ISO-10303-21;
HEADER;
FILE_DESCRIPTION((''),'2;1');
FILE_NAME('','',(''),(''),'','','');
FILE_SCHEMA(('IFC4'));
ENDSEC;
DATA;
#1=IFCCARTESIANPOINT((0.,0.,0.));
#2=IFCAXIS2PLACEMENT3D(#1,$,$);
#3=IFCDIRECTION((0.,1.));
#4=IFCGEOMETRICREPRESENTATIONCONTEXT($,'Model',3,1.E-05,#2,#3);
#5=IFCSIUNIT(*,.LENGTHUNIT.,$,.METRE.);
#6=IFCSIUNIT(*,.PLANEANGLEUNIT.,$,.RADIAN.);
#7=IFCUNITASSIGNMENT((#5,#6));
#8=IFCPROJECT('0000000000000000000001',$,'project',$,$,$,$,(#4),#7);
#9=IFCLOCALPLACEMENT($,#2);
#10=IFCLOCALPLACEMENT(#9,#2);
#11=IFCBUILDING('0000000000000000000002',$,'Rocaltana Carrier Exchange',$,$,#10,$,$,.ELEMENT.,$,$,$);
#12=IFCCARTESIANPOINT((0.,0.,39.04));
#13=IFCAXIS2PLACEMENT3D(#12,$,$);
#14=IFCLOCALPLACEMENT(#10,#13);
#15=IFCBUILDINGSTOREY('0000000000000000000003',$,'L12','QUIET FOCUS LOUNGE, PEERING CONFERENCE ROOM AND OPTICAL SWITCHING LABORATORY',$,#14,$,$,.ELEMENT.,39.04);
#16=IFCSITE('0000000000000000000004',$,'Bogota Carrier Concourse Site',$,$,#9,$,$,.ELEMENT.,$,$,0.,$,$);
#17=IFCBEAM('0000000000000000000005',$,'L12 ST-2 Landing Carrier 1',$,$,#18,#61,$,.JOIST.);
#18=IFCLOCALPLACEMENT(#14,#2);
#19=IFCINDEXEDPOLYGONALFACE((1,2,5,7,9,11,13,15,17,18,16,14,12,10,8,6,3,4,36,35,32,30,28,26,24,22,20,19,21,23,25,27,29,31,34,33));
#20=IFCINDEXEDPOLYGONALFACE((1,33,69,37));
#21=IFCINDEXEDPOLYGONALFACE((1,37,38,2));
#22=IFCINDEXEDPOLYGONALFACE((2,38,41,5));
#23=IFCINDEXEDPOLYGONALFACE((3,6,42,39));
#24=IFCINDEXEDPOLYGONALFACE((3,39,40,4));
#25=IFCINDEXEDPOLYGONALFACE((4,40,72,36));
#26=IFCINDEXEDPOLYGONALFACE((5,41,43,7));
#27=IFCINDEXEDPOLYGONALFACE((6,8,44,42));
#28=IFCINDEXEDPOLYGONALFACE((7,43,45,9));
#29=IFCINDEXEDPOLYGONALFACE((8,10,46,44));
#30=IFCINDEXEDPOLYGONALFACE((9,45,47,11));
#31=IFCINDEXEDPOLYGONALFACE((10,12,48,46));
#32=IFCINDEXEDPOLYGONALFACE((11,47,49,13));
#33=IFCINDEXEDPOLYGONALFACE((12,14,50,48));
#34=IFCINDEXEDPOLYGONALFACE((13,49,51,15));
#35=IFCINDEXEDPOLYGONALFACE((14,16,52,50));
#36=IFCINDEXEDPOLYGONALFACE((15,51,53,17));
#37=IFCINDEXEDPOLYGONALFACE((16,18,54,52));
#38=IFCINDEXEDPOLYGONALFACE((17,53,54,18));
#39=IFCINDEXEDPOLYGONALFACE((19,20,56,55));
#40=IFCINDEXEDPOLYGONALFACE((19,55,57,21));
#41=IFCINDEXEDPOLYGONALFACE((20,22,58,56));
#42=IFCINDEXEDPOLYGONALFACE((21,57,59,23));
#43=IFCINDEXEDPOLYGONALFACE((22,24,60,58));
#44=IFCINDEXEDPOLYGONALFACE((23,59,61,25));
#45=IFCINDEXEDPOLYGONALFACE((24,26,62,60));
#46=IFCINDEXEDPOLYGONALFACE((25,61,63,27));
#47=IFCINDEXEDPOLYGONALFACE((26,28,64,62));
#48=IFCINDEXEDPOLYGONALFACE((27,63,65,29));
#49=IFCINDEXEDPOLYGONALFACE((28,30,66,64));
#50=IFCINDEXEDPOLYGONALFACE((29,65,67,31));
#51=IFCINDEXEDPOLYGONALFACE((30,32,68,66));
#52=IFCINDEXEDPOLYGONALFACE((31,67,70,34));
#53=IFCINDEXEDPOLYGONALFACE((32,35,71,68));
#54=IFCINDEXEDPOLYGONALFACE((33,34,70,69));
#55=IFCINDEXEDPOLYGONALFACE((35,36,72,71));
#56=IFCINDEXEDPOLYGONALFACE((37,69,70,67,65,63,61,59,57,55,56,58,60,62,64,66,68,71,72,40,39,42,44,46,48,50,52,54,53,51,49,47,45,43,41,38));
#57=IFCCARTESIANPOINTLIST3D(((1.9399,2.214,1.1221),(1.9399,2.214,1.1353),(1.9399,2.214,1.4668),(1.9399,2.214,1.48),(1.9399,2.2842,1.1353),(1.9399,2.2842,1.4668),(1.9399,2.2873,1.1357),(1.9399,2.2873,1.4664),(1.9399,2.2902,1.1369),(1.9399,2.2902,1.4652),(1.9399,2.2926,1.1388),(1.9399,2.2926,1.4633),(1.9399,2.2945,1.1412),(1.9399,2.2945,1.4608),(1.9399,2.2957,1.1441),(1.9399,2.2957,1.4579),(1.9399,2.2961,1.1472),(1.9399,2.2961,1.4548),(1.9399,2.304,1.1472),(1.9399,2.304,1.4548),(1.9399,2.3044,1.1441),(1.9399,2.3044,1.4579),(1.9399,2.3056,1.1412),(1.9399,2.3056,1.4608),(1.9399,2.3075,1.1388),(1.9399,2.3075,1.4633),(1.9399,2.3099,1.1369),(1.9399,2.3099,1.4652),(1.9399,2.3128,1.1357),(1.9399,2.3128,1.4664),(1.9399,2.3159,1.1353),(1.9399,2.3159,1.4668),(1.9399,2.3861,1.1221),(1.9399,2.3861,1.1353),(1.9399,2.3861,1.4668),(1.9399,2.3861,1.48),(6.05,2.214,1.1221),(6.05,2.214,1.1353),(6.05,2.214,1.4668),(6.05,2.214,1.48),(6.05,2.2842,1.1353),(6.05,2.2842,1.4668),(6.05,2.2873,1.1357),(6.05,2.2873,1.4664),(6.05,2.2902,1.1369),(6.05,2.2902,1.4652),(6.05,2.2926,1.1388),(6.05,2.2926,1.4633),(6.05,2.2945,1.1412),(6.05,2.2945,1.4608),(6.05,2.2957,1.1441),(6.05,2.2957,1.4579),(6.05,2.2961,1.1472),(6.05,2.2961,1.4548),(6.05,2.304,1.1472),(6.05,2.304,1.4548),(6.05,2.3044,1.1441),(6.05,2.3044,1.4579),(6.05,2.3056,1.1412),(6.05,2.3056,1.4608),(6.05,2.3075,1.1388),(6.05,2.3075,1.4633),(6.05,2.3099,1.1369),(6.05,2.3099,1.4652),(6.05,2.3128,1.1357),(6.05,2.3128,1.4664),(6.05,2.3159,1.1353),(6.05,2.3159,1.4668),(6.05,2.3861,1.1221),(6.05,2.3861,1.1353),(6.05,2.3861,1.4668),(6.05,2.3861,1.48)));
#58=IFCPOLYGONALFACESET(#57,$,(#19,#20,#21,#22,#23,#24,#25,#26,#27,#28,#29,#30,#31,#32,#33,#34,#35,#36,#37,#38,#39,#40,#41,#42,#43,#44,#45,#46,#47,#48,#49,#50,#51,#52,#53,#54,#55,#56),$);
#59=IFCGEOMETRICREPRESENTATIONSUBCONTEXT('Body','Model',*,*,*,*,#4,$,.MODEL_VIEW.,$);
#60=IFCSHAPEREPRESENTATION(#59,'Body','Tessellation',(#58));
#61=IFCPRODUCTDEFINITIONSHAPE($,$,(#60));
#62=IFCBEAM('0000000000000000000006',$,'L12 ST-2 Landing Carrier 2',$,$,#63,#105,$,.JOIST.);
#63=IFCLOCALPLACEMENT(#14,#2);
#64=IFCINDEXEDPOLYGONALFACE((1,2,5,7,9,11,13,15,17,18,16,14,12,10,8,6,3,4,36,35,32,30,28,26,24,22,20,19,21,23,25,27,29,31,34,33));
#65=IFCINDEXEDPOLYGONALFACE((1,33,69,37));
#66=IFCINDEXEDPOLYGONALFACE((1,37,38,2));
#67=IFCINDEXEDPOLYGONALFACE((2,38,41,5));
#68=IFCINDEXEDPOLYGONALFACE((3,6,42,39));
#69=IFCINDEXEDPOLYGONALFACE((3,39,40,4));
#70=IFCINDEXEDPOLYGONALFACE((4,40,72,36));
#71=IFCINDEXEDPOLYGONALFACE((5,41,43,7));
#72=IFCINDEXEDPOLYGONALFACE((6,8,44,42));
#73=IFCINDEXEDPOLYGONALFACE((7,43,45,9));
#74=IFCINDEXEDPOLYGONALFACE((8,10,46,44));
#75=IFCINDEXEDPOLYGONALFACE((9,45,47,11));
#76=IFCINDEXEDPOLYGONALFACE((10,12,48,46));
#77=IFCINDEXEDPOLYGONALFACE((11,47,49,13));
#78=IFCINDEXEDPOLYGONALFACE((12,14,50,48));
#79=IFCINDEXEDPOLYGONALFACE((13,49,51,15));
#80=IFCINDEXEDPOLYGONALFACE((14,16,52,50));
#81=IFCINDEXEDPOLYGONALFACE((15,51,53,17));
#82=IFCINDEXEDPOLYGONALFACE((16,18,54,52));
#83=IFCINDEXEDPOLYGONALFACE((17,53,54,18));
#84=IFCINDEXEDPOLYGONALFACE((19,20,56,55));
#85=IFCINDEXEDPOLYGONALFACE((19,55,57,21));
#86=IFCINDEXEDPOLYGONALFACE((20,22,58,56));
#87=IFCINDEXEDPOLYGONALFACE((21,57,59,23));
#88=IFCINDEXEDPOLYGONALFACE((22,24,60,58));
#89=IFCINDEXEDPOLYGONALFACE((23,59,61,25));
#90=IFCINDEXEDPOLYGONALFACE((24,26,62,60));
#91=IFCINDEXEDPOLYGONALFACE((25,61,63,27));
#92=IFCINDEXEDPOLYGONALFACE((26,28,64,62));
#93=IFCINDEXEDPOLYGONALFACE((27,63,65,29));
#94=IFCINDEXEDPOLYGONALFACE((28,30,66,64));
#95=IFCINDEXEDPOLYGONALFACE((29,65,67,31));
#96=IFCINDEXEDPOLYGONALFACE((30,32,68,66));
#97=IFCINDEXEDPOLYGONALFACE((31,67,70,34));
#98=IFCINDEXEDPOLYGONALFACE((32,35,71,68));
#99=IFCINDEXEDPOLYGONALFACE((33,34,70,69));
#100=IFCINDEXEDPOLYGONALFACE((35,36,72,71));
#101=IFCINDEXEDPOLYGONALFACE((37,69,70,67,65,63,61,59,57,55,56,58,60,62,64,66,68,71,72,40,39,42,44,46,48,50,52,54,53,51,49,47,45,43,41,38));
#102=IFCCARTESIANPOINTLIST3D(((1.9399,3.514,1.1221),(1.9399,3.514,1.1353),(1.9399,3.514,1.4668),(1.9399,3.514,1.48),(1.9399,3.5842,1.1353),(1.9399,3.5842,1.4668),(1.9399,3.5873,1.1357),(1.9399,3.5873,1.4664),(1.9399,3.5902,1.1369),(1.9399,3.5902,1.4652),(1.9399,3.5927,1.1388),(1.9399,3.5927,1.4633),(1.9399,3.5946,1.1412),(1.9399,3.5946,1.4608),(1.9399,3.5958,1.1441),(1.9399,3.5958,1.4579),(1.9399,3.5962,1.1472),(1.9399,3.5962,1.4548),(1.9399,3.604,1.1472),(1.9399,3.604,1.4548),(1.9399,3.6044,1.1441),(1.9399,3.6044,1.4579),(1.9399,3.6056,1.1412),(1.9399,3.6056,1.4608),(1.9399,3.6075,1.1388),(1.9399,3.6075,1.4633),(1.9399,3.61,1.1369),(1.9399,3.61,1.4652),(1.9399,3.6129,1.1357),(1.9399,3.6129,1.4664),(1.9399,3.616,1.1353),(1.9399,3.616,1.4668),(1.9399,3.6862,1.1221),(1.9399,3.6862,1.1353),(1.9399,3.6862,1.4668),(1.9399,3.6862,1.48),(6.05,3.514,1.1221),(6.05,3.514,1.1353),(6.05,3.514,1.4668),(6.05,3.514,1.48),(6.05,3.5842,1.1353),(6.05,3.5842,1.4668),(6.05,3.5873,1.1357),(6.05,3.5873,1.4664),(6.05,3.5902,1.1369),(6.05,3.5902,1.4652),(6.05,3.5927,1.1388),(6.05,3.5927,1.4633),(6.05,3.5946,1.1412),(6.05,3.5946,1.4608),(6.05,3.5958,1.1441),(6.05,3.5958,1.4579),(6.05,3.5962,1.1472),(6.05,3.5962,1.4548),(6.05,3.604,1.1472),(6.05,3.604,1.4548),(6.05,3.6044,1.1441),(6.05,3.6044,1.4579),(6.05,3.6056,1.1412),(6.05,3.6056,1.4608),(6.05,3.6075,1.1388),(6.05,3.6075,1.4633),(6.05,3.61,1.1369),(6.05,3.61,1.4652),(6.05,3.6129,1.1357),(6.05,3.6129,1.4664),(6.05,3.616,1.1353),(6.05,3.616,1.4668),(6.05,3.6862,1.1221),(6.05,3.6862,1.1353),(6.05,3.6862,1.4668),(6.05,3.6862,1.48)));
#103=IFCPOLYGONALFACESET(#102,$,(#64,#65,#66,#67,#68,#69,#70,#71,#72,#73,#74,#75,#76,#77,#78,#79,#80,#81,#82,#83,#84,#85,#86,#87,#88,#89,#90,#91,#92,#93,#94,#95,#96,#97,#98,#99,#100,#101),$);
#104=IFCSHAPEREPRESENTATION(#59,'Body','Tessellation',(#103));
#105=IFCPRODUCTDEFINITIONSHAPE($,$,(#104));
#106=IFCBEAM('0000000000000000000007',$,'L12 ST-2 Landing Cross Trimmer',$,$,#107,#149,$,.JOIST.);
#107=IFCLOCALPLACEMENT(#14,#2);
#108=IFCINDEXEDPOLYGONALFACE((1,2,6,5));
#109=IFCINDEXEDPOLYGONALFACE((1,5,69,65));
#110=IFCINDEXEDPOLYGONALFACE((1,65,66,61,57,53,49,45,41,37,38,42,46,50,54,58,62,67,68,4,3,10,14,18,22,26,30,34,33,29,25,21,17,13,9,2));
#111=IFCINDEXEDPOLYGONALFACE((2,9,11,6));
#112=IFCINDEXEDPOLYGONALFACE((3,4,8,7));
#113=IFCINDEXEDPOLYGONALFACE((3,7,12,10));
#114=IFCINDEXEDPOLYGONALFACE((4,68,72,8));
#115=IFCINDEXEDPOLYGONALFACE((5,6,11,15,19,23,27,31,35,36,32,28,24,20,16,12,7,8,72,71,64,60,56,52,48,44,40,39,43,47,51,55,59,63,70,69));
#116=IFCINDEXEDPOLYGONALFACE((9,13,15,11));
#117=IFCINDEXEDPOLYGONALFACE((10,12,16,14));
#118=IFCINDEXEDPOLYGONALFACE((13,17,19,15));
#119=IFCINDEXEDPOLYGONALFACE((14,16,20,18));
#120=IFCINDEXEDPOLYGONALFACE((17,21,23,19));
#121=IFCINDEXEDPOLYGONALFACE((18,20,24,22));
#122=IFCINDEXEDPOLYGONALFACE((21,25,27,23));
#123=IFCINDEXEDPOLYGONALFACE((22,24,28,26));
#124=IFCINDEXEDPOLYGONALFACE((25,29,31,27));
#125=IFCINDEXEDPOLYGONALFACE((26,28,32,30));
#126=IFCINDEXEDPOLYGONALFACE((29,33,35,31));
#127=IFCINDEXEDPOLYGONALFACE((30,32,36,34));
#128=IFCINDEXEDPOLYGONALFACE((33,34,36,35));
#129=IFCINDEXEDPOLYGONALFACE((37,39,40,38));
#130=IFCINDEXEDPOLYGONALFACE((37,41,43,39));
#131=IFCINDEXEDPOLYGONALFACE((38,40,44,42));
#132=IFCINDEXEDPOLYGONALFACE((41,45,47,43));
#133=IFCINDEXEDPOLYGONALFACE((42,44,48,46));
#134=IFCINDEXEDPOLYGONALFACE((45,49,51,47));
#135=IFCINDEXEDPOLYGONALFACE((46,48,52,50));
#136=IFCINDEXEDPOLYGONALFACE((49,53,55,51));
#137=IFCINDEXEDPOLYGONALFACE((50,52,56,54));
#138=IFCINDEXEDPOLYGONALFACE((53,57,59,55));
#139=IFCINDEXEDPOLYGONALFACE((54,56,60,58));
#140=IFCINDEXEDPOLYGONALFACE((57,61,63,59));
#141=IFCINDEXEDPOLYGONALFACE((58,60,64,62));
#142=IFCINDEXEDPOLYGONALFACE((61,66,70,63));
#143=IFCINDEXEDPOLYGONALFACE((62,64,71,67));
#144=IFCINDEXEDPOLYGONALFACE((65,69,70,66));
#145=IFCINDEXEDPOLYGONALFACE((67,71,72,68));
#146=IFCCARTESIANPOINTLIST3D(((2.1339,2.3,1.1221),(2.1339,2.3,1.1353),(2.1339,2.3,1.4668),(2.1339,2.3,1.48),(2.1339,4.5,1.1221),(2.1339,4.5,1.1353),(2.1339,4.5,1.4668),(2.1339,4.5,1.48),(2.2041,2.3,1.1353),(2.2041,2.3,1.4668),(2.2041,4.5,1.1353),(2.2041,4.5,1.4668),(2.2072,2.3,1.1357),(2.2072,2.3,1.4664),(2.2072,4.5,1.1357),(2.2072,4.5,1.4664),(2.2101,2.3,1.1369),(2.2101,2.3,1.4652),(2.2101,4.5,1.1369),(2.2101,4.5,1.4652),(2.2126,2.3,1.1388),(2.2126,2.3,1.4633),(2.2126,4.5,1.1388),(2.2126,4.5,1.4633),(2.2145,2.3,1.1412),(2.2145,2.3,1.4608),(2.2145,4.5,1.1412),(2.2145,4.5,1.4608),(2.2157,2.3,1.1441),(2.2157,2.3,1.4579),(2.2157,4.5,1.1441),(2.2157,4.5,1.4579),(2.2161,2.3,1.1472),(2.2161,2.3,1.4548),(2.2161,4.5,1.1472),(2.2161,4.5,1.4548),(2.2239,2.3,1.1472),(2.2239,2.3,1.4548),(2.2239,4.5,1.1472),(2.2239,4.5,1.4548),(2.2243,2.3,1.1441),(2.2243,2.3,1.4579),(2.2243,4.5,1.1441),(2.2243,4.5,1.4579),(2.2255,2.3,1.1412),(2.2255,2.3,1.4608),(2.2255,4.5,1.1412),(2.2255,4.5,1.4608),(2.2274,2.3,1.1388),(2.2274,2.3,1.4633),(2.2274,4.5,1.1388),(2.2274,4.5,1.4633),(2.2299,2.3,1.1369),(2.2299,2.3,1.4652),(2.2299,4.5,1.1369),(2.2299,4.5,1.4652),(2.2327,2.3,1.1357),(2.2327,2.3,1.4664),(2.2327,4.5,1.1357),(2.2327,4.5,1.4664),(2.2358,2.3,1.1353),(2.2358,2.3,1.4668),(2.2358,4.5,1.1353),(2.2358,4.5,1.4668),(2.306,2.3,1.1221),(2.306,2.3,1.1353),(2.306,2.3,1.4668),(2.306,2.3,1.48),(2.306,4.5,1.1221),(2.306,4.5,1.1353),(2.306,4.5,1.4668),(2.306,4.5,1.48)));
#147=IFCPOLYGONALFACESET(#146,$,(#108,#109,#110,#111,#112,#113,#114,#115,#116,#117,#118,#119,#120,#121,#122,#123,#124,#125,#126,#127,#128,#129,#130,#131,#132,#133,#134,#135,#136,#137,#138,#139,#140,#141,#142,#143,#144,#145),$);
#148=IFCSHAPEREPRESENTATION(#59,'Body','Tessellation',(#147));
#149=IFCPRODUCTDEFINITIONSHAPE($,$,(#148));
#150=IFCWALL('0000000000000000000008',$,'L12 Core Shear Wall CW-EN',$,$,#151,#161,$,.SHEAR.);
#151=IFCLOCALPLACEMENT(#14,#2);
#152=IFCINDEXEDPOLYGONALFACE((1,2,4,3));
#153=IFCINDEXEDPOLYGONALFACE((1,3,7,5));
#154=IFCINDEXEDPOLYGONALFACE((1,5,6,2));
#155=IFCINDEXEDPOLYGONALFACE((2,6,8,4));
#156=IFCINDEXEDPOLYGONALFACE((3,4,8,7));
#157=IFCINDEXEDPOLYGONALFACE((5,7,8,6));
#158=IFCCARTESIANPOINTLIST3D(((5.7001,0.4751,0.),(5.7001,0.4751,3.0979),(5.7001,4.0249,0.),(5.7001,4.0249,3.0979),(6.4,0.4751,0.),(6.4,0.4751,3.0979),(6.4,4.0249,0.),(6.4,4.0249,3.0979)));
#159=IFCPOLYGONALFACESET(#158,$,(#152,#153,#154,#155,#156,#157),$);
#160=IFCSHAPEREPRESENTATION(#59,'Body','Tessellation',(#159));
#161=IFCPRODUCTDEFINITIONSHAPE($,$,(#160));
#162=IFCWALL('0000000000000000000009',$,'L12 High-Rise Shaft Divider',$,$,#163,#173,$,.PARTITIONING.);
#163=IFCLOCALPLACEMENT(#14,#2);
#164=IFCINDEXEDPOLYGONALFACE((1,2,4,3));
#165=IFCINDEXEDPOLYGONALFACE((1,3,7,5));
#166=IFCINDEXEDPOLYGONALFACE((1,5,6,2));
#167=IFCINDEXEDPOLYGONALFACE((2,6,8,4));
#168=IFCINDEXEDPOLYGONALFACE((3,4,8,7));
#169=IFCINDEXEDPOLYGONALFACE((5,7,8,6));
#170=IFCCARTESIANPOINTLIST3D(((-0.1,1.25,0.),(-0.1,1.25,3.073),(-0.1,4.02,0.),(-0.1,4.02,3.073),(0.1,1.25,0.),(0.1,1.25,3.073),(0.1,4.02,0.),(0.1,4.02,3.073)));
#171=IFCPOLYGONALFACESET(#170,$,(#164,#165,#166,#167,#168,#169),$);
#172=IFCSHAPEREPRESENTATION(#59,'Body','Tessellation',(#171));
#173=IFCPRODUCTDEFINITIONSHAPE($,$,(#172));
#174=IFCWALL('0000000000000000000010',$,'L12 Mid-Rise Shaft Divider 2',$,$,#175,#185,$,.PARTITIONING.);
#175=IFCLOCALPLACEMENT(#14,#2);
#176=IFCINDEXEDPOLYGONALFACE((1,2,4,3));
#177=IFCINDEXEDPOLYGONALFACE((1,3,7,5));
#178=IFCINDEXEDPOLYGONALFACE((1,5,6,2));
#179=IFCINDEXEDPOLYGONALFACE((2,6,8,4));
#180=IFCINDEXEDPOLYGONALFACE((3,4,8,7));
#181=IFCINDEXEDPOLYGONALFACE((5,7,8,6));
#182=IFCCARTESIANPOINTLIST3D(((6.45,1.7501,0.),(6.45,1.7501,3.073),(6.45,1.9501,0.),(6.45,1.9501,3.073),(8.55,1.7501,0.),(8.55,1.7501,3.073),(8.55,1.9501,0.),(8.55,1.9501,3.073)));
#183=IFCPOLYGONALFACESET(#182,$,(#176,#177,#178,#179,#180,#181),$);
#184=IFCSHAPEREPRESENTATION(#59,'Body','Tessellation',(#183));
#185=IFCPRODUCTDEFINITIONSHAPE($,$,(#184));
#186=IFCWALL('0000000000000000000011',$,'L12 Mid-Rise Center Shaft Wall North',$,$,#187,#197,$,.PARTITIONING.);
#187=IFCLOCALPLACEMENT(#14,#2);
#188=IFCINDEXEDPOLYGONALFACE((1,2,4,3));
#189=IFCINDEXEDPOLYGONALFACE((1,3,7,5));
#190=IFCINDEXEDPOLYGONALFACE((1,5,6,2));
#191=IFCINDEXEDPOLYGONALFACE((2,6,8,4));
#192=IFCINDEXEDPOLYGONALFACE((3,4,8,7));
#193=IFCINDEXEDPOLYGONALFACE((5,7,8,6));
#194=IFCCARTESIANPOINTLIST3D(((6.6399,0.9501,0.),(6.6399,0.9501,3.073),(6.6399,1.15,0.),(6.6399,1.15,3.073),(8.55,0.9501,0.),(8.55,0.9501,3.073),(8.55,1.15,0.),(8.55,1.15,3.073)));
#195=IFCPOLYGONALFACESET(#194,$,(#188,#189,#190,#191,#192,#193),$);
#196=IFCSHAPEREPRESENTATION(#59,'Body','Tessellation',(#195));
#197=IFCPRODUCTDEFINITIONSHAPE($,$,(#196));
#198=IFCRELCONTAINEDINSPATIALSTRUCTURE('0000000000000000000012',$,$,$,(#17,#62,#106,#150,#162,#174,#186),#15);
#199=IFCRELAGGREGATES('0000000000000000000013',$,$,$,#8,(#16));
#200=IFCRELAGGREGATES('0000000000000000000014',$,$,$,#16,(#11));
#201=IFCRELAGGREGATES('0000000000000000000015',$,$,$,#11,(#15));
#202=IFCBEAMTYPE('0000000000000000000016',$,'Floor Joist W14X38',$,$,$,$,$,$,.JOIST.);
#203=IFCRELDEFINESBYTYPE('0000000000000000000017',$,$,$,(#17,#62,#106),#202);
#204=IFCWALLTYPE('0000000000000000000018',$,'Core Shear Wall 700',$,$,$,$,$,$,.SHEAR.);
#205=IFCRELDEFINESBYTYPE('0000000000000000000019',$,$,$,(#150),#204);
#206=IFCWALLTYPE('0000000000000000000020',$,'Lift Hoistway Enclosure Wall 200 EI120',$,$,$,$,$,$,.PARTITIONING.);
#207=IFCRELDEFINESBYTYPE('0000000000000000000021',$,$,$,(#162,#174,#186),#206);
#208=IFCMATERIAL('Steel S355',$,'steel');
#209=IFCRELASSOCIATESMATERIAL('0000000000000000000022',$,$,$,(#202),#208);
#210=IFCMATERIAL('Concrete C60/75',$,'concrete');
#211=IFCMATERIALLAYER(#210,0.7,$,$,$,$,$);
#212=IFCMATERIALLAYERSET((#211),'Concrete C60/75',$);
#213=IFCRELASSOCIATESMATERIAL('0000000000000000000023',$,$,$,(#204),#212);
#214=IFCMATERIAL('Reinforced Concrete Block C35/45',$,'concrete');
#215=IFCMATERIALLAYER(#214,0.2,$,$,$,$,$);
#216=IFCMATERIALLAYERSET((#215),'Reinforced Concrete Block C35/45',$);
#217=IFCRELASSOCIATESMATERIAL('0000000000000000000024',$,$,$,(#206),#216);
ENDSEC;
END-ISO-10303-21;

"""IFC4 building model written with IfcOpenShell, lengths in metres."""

from ifc_helpers import new_model, si_unit, direction, frame, frame_2d, origin, origin_2d, place, context, subcontext, project, spatial, rectangle, i_section, extrude, material, layer, layer_set, material_profile, profile_set, type_object, element, save


model = new_model("IFC4")

# Units and contexts
model_context = context("Model", 3, precision=1e-05, world=origin(), true_north=direction((0.0, 1.0)))
body_context = subcontext(model_context, "Body", "Model", "MODEL_VIEW")
ifc_project = project(units=[si_unit("LENGTHUNIT", "METRE"), si_unit("PLANEANGLEUNIT", "RADIAN")], contexts=[model_context])

# Site, building, storey
site_placement = place(None, origin())
site = spatial("IfcSite", under=ifc_project, at=site_placement, Name="Bogota Carrier Concourse Site", CompositionType="ELEMENT", RefElevation=0.0)
building_placement = place(site_placement, origin())
building = spatial("IfcBuilding", under=site, at=building_placement, Name="Rocaltana Carrier Exchange", CompositionType="ELEMENT")
storey_placement = place(building_placement, frame((0.0, 0.0, 39.04)))
storey = spatial("IfcBuildingStorey", under=building, at=storey_placement, Name="L12", Description="QUIET FOCUS LOUNGE, PEERING CONFERENCE ROOM AND OPTICAL SWITCHING LABORATORY", CompositionType="ELEMENT", Elevation=39.04)

# Beams
ifc_material_1 = material(Name="Steel S355", Category="steel")
ifc_material_profile = material_profile(ifc_material_1, i_section(OverallWidth=0.1721, OverallDepth=0.3579, WebThickness=0.0078, FlangeThickness=0.0132, FilletRadius=0.012, at=origin_2d()), Name="W14X38")
ifc_profile_set = profile_set([ifc_material_profile], Name="Steel S355")
beam_type = type_object("IfcBeamType", Name="Floor Joist W14X38", PredefinedType="JOIST", material=ifc_profile_set)
for number, where, z_axis, x_axis, name in (
    (1, (1.9399, 2.3, 1.301), (1.0, 0.0, 0.0), (0.0, 1.0, 0.0), "L12 ST-2 Landing Carrier 1"),
    (2, (1.9399, 3.6001, 1.301), (1.0, 0.0, 0.0), (0.0, 1.0, 0.0), "L12 ST-2 Landing Carrier 2"),
):
    element("IfcBeam", number, at=place(storey_placement, frame(where, z_axis=z_axis, x_axis=x_axis)), inside=storey, type_object=beam_type, Name=name, PredefinedType="JOIST", context=body_context, shape_type="SweptSolid", body=[
        extrude(i_section(OverallWidth=0.1721, OverallDepth=0.3579, WebThickness=0.0078, FlangeThickness=0.0132, FilletRadius=0.012, at=origin_2d()), origin(), (0.0, 0.0, 1.0), 4.1101),
    ])
beam_placement = place(storey_placement, frame((2.22, 2.3, 1.301), z_axis=(0.0, 1.0, 0.0), x_axis=(-1.0, 0.0, 0.0)))
element("IfcBeam", 3, at=beam_placement, inside=storey, type_object=beam_type, Name="L12 ST-2 Landing Cross Trimmer", PredefinedType="JOIST", context=body_context, shape_type="SweptSolid", body=[
    extrude(i_section(OverallWidth=0.1721, OverallDepth=0.3579, WebThickness=0.0078, FlangeThickness=0.0132, FilletRadius=0.012, at=origin_2d()), origin(), (0.0, 0.0, 1.0), 2.2),
])

# Walls
ifc_material_2 = material(Name="Concrete C60/75", Category="concrete")
ifc_layer_1 = layer(ifc_material_2, 0.7)
ifc_layer_set_1 = layer_set([ifc_layer_1], Name="Concrete C60/75")
wall_type_1 = type_object("IfcWallType", Name="Core Shear Wall 700", PredefinedType="SHEAR", material=ifc_layer_set_1)
wall_1_placement = place(storey_placement, frame((6.05, 0.4751, 0.0), z_axis=(0.0, 0.0, 1.0), x_axis=(0.0, 1.0, 0.0)))
element("IfcWall", 4, at=wall_1_placement, inside=storey, type_object=wall_type_1, Name="L12 Core Shear Wall CW-EN", PredefinedType="SHEAR", context=body_context, shape_type="SweptSolid", body=[
    extrude(rectangle(XDim=3.5498, YDim=0.7, at=frame_2d((1.7749, 0.0))), origin(), (0.0, 0.0, 1.0), 3.0979),
])
ifc_material_3 = material(Name="Reinforced Concrete Block C35/45", Category="concrete")
ifc_layer_2 = layer(ifc_material_3, 0.2)
ifc_layer_set_2 = layer_set([ifc_layer_2], Name="Reinforced Concrete Block C35/45")
wall_type_2 = type_object("IfcWallType", Name="Lift Hoistway Enclosure Wall 200 EI120", PredefinedType="PARTITIONING", material=ifc_layer_set_2)
wall_2_placement = place(storey_placement, frame((0.0, 1.25, 0.0), z_axis=(0.0, 0.0, 1.0), x_axis=(0.0, 1.0, 0.0)))
element("IfcWall", 5, at=wall_2_placement, inside=storey, type_object=wall_type_2, Name="L12 High-Rise Shaft Divider", PredefinedType="PARTITIONING", context=body_context, shape_type="SweptSolid", body=[
    extrude(rectangle(XDim=2.77, YDim=0.2, at=frame_2d((1.385, 0.0))), origin(), (0.0, 0.0, 1.0), 3.073),
])
wall_3_placement = place(storey_placement, frame((6.45, 1.8501, 0.0), z_axis=(0.0, 0.0, 1.0), x_axis=(1.0, 0.0, 0.0)))
element("IfcWall", 6, at=wall_3_placement, inside=storey, type_object=wall_type_2, Name="L12 Mid-Rise Shaft Divider 2", PredefinedType="PARTITIONING", context=body_context, shape_type="SweptSolid", body=[
    extrude(rectangle(XDim=2.1001, YDim=0.2, at=frame_2d((1.05, 0.0))), origin(), (0.0, 0.0, 1.0), 3.073),
])
wall_4_placement = place(storey_placement, frame((6.6399, 1.05, 0.0), z_axis=(0.0, 0.0, 1.0), x_axis=(1.0, 0.0, 0.0)))
element("IfcWall", 7, at=wall_4_placement, inside=storey, type_object=wall_type_2, Name="L12 Mid-Rise Center Shaft Wall North", PredefinedType="PARTITIONING", context=body_context, shape_type="SweptSolid", body=[
    extrude(rectangle(XDim=1.9102, YDim=0.2, at=frame_2d((0.9551, 0.0))), origin(), (0.0, 0.0, 1.0), 3.073),
])

save(model, "model.ifc")
